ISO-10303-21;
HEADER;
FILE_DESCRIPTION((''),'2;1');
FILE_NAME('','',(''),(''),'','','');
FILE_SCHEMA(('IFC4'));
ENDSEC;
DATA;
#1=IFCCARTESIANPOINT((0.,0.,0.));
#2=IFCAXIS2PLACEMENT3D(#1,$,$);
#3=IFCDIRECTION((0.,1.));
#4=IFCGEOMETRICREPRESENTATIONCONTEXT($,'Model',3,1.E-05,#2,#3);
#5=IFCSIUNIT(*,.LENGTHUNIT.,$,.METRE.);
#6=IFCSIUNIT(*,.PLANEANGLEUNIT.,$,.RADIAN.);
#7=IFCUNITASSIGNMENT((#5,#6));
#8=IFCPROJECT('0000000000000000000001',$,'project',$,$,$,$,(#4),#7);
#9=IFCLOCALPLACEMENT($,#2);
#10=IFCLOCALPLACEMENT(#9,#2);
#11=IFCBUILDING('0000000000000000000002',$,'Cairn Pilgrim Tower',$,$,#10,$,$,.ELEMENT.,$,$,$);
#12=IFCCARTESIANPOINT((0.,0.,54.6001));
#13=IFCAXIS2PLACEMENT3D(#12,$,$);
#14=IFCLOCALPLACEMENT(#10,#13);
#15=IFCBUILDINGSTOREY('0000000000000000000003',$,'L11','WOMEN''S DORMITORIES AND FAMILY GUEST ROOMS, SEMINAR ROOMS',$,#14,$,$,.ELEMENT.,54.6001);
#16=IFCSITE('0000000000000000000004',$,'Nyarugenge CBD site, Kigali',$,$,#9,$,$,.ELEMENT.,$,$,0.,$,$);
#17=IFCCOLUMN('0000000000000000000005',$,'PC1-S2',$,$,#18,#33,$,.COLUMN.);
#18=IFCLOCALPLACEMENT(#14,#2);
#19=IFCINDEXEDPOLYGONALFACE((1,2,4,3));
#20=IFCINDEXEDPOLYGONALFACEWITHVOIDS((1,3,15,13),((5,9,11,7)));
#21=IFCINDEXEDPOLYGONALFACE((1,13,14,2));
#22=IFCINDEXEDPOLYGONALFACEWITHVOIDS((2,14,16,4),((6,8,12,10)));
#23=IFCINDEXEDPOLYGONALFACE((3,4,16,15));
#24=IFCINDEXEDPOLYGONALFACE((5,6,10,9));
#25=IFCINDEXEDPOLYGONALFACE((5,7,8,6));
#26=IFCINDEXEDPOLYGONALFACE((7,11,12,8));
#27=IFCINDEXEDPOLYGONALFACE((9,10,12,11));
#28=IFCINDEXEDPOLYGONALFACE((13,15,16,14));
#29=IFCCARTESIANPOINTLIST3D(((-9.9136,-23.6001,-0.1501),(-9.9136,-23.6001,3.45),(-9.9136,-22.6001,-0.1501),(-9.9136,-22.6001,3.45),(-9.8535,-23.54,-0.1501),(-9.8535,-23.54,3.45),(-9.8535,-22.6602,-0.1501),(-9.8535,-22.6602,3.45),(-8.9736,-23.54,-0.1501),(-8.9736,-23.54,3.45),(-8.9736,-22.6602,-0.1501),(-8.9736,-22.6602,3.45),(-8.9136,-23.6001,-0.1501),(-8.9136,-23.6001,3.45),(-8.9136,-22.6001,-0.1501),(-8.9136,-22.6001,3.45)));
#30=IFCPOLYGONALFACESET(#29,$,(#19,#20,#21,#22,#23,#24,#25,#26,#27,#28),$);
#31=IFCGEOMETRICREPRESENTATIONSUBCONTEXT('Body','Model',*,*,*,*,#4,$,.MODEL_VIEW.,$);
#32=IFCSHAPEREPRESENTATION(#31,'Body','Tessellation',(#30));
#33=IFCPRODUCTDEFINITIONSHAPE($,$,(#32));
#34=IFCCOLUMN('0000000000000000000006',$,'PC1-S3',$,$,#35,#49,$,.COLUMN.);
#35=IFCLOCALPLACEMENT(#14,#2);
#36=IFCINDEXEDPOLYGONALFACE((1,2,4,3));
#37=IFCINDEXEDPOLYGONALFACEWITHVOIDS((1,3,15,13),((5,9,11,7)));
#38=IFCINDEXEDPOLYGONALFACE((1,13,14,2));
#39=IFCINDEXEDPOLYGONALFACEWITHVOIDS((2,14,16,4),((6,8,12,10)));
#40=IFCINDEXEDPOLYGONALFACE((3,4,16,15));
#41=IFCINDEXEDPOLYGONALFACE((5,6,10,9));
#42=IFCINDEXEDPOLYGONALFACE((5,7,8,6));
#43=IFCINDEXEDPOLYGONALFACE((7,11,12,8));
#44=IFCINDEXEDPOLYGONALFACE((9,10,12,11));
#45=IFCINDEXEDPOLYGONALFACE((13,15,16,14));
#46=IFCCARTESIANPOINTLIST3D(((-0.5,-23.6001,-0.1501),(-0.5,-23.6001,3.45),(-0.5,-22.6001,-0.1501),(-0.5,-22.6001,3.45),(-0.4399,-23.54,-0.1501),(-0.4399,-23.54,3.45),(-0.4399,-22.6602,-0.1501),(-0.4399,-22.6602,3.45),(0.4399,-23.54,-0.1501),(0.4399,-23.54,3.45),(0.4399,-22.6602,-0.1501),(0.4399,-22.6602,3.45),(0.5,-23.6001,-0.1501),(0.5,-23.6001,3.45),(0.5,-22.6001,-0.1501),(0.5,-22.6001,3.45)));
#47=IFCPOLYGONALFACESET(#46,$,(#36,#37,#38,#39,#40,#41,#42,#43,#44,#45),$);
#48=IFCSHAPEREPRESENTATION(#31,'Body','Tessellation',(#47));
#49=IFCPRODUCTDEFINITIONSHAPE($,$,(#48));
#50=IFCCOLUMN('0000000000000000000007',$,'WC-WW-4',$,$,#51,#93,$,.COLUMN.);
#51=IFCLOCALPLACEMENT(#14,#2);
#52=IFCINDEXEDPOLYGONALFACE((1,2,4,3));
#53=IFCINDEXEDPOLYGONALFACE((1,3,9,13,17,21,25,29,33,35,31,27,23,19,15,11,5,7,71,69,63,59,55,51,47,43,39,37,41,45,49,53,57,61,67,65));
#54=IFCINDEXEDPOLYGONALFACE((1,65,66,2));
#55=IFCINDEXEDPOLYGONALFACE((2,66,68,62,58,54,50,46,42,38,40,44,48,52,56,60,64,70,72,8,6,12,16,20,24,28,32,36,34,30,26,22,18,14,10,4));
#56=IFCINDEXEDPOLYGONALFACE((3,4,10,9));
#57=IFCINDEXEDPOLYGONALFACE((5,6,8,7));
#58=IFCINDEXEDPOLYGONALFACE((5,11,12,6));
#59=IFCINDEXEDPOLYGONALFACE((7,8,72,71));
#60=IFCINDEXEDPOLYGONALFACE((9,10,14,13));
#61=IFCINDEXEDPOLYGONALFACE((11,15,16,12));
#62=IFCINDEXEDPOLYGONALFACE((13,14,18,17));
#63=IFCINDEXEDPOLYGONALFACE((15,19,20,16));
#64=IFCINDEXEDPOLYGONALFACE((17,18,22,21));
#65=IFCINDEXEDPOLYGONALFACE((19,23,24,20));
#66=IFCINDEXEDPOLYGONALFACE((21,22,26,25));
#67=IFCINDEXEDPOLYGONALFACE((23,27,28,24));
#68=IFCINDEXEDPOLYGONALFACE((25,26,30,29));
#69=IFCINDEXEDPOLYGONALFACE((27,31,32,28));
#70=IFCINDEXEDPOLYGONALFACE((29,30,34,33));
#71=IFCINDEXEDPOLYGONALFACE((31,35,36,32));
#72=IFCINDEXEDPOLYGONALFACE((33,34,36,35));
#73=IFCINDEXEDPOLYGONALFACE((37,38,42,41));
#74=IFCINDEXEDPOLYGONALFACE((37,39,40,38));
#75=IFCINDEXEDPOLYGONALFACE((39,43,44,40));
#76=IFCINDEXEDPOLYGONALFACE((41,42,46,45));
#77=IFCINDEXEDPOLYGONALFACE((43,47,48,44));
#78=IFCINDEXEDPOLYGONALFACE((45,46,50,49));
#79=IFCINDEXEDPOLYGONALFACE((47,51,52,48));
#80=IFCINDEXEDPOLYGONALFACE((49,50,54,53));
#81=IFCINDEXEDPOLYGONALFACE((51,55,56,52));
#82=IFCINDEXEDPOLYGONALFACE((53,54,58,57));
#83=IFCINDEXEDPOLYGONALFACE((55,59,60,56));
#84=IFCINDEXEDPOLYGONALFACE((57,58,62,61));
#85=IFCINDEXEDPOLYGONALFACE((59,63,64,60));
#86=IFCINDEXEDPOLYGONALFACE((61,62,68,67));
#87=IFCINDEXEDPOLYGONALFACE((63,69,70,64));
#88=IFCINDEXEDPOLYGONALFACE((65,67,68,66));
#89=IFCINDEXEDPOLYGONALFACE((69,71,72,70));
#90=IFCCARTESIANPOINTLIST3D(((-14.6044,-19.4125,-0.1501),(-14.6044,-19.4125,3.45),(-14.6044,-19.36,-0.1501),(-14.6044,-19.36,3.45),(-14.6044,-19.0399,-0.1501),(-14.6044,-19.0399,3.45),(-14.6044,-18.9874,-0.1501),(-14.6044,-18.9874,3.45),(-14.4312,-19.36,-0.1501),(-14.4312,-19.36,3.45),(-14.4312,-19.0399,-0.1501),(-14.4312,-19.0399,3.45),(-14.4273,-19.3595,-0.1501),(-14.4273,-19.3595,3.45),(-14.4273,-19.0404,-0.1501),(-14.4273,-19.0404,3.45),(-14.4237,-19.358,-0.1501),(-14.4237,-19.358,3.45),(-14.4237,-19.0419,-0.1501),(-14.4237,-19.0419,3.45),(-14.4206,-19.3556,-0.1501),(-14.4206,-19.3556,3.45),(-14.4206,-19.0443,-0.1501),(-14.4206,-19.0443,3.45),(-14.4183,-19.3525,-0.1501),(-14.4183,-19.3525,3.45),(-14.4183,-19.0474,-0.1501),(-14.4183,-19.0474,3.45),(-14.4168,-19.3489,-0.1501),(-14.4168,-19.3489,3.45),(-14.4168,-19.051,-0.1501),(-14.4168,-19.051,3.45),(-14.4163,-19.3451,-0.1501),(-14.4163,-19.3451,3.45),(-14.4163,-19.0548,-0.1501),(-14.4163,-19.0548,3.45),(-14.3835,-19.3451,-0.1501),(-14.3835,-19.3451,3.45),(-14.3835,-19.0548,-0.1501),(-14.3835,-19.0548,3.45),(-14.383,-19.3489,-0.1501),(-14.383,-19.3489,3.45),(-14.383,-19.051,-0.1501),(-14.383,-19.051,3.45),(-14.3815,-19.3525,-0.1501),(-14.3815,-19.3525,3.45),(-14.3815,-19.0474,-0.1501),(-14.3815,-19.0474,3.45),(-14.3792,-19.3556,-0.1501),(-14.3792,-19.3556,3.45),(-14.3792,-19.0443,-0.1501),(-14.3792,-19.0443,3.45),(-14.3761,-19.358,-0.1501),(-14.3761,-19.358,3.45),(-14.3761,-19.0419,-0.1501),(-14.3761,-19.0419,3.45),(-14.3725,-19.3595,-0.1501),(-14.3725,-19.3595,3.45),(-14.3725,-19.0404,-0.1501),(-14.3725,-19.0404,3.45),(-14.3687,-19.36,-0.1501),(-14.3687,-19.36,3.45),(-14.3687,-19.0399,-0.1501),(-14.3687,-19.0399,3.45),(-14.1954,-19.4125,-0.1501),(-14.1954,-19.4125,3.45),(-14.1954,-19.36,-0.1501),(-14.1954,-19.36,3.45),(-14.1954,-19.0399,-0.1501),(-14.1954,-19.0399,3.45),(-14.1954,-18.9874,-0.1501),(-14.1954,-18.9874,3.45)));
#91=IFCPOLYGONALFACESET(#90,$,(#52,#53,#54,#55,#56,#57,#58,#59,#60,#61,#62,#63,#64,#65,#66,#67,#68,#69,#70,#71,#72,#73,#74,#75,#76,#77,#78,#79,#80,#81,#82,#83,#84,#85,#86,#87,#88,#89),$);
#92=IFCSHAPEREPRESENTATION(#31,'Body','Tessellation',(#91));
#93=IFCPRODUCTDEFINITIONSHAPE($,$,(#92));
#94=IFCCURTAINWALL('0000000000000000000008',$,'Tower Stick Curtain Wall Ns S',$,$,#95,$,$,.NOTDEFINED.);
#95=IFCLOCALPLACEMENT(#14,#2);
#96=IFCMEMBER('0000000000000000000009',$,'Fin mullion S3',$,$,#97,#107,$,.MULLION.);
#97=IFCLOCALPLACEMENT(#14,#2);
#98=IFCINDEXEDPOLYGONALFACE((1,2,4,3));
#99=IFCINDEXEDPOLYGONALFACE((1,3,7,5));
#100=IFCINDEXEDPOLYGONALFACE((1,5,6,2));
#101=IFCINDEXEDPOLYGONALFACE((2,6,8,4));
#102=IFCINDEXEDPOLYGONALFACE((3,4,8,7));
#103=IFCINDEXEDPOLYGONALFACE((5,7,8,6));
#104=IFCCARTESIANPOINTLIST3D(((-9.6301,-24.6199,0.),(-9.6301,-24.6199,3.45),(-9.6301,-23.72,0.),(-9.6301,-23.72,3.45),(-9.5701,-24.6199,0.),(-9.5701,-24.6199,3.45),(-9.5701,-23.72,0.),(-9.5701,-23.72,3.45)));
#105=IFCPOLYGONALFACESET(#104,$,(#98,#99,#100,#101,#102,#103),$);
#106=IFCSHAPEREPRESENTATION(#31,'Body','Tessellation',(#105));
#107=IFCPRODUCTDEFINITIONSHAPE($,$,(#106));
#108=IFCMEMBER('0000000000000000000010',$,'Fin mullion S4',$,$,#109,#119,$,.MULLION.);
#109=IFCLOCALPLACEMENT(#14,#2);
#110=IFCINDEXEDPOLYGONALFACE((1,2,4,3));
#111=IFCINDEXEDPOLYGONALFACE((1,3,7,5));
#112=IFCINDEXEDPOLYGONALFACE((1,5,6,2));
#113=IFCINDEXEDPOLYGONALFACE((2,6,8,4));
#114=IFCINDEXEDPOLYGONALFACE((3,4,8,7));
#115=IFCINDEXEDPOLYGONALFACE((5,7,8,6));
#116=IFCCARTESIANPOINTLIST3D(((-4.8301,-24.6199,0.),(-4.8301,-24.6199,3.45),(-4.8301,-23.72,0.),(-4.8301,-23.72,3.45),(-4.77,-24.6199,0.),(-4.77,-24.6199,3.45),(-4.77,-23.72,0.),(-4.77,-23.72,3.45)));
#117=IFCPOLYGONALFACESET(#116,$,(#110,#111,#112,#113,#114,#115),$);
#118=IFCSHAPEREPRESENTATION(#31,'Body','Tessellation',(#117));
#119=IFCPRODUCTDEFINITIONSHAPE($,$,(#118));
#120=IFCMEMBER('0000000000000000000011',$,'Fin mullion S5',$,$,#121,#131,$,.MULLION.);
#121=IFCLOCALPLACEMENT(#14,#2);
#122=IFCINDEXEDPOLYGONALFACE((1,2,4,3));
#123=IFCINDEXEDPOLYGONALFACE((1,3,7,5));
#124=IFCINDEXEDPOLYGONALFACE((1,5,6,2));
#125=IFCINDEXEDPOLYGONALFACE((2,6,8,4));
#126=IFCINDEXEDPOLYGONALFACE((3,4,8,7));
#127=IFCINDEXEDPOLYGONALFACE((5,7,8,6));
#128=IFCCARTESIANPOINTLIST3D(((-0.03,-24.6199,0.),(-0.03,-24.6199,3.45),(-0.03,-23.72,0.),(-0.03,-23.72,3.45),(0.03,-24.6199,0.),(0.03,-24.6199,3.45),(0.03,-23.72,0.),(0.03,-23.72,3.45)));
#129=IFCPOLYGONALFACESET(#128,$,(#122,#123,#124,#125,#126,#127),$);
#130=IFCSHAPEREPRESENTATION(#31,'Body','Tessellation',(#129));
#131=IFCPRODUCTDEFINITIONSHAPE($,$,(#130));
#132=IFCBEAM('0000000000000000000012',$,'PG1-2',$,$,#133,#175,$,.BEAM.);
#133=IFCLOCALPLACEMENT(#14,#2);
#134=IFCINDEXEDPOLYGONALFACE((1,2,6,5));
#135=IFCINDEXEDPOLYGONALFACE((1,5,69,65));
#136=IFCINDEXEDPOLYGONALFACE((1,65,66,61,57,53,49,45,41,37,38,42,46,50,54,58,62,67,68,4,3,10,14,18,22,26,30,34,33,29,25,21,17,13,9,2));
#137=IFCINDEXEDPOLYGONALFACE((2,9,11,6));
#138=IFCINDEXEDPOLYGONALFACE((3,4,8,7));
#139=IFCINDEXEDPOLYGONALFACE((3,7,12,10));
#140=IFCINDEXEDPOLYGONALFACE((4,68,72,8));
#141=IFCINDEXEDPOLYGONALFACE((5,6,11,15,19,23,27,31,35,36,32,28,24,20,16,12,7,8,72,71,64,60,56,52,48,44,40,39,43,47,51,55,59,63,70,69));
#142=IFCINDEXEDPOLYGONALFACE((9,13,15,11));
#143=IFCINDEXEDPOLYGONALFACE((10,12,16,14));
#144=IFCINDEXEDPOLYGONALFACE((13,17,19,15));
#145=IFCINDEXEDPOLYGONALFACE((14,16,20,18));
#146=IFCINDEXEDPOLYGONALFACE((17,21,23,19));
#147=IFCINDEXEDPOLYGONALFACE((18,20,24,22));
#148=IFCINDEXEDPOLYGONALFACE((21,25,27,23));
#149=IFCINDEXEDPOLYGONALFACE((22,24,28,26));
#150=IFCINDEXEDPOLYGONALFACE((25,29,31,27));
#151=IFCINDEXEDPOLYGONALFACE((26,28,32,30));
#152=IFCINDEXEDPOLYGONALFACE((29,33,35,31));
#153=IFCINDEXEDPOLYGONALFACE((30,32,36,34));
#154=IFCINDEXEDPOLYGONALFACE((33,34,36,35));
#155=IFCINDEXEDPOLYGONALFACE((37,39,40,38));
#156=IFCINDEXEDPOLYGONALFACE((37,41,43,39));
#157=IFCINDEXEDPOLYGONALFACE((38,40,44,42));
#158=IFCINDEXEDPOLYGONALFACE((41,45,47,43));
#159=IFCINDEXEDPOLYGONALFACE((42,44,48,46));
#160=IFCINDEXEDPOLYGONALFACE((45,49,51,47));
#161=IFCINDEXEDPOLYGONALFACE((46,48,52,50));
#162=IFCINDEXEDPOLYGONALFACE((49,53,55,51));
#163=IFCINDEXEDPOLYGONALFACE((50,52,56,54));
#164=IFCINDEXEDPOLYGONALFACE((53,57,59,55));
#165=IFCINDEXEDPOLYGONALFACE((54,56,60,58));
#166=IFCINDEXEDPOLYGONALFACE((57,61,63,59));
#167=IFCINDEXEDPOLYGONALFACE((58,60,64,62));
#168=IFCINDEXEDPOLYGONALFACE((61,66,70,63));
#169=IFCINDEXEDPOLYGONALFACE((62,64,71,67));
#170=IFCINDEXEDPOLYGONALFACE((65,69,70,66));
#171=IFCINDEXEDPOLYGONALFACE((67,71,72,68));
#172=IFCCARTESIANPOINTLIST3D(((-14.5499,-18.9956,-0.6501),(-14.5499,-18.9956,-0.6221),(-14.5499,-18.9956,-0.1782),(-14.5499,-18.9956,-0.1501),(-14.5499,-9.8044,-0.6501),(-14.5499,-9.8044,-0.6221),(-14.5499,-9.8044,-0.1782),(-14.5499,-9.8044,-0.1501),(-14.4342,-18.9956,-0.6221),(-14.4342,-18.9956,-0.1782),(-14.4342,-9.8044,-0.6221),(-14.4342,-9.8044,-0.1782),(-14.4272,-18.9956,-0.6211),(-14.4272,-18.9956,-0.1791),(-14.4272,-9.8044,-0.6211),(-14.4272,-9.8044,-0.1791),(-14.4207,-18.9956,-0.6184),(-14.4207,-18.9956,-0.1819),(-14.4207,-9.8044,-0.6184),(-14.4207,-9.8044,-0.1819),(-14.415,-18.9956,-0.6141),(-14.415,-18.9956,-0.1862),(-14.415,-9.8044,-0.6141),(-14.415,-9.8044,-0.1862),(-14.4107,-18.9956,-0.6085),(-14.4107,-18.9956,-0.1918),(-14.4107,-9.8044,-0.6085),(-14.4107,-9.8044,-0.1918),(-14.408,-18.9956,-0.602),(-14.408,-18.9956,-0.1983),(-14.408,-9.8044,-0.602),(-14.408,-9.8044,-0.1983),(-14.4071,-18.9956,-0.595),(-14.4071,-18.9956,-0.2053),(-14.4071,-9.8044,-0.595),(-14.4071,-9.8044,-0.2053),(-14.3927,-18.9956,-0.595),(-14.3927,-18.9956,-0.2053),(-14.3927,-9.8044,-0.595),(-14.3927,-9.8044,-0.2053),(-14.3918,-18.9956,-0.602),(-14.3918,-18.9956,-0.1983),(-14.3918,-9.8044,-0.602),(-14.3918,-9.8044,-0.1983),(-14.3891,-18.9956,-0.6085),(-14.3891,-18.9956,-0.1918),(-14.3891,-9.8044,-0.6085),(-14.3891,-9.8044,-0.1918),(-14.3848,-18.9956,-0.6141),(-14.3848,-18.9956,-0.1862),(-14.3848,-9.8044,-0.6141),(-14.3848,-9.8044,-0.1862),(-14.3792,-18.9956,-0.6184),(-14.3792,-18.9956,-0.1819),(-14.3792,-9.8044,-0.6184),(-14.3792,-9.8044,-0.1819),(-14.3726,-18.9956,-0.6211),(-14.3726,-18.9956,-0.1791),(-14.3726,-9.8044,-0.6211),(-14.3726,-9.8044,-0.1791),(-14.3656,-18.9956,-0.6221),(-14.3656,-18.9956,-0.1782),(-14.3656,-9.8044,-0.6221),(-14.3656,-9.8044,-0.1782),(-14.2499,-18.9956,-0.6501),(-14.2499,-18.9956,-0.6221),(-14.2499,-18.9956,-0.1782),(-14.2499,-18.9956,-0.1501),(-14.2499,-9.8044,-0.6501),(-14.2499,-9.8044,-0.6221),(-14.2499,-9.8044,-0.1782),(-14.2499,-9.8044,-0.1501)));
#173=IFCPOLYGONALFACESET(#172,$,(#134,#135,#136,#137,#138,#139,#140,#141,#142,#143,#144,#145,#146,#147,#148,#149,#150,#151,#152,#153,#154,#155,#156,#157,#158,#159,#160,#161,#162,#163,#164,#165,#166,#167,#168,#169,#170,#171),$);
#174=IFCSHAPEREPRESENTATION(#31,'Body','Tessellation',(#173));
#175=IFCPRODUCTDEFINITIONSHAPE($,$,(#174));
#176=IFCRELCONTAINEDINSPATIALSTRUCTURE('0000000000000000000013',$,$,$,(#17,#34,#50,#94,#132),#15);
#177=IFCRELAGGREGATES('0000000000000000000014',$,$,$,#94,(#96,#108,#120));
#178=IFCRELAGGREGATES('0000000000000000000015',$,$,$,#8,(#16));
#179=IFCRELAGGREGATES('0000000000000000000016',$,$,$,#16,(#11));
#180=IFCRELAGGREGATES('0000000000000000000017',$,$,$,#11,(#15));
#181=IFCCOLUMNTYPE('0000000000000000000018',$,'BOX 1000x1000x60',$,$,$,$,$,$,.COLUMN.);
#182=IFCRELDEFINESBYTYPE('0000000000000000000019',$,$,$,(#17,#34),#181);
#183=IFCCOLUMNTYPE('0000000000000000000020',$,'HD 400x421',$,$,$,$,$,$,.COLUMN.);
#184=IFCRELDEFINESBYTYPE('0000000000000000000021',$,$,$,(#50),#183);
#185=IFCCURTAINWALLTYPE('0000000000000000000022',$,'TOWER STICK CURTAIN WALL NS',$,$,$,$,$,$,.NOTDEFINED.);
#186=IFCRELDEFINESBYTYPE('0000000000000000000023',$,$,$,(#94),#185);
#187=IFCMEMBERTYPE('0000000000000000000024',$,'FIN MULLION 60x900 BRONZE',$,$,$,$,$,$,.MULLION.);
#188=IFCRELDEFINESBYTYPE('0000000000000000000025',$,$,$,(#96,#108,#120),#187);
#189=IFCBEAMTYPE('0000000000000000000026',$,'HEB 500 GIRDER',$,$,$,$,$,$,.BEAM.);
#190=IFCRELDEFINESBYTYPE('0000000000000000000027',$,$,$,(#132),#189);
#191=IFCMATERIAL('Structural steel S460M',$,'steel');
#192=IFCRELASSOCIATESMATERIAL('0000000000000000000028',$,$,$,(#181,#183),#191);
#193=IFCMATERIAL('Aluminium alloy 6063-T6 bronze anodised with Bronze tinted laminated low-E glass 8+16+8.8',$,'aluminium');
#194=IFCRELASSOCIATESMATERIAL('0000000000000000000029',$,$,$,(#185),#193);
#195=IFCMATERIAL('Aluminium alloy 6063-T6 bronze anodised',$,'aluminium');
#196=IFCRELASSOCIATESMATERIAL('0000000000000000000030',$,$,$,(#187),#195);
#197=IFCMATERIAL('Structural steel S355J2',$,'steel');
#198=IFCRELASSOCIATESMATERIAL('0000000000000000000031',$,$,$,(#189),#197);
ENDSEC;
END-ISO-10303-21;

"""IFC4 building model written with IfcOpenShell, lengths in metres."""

from ifc_helpers import new_model, si_unit, direction, frame, origin, origin_2d, place, context, subcontext, project, spatial, rectangle, hollow_rectangle, i_section, extrude, material, material_profile, profile_set, type_object, element, aggregate, save


model = new_model("IFC4")

# Units and contexts
model_context = context("Model", 3, precision=1e-05, world=origin(), true_north=direction((0.0, 1.0)))
body_context = subcontext(model_context, "Body", "Model", "MODEL_VIEW")
ifc_project = project(units=[si_unit("LENGTHUNIT", "METRE"), si_unit("PLANEANGLEUNIT", "RADIAN")], contexts=[model_context])

# Site, building, storey
site_placement = place(None, origin())
site = spatial("IfcSite", under=ifc_project, at=site_placement, Name="Nyarugenge CBD site, Kigali", CompositionType="ELEMENT", RefElevation=0.0)
building_placement = place(site_placement, origin())
building = spatial("IfcBuilding", under=site, at=building_placement, Name="Cairn Pilgrim Tower", CompositionType="ELEMENT")
storey_placement = place(building_placement, frame((0.0, 0.0, 54.6001)))
storey = spatial("IfcBuildingStorey", under=building, at=storey_placement, Name="L11", Description="WOMEN'S DORMITORIES AND FAMILY GUEST ROOMS, SEMINAR ROOMS", CompositionType="ELEMENT", Elevation=54.6001)

# Columns
ifc_material_1 = material(Name="Structural steel S460M", Category="steel")
ifc_material_profile_1 = material_profile(ifc_material_1, hollow_rectangle(XDim=1.0, YDim=1.0, WallThickness=0.0601, at=origin_2d()), Name="BOX 1000x1000x60")
ifc_profile_set_1 = profile_set([ifc_material_profile_1], Name="Structural steel S460M")
column_type_1 = type_object("IfcColumnType", Name="BOX 1000x1000x60", PredefinedType="COLUMN", material=ifc_profile_set_1)
for number, where, z_axis, x_axis, name in (
    (1, (-9.4136, -23.1001, -0.1501), (0.0, 0.0, 1.0), (1.0, 0.0, 0.0), "PC1-S2"),
    (2, (0.0, -23.1001, -0.1501), (0.0, 0.0, 1.0), (1.0, 0.0, 0.0), "PC1-S3"),
):
    element("IfcColumn", number, at=place(storey_placement, frame(where, z_axis=z_axis, x_axis=x_axis)), inside=storey, type_object=column_type_1, Name=name, PredefinedType="COLUMN", context=body_context, shape_type="SweptSolid", body=[
        extrude(hollow_rectangle(XDim=1.0, YDim=1.0, WallThickness=0.0601, at=origin_2d()), origin(), (0.0, 0.0, 1.0), 3.6001),
    ])
ifc_material_profile_2 = material_profile(ifc_material_1, i_section(OverallWidth=0.4089, OverallDepth=0.425, WebThickness=0.0327, FlangeThickness=0.0525, FilletRadius=0.0149, at=origin_2d()), Name="HD 400x421")
ifc_profile_set_2 = profile_set([ifc_material_profile_2], Name="Structural steel S460M")
column_type_2 = type_object("IfcColumnType", Name="HD 400x421", PredefinedType="COLUMN", material=ifc_profile_set_2)
column_placement = place(storey_placement, frame((-14.3999, -19.2, -0.1501), z_axis=(0.0, 0.0, 1.0), x_axis=(1.0, 0.0, 0.0)))
element("IfcColumn", 3, at=column_placement, inside=storey, type_object=column_type_2, Name="WC-WW-4", PredefinedType="COLUMN", context=body_context, shape_type="SweptSolid", body=[
    extrude(i_section(OverallWidth=0.4089, OverallDepth=0.425, WebThickness=0.0327, FlangeThickness=0.0525, FilletRadius=0.0149, at=origin_2d()), origin(), (0.0, 0.0, 1.0), 3.6001),
])

# Curtain wall, members
ifc_material_2 = material(Name="Aluminium alloy 6063-T6 bronze anodised with Bronze tinted laminated low-E glass 8+16+8.8", Category="aluminium")
curtain_wall_type = type_object("IfcCurtainWallType", Name="TOWER STICK CURTAIN WALL NS", PredefinedType="NOTDEFINED", material=ifc_material_2)
curtain_wall_placement = place(storey_placement, origin())
curtain_wall = element("IfcCurtainWall", 4, at=curtain_wall_placement, inside=storey, type_object=curtain_wall_type, Name="Tower Stick Curtain Wall Ns S", PredefinedType="NOTDEFINED")
ifc_material_3 = material(Name="Aluminium alloy 6063-T6 bronze anodised", Category="aluminium")
ifc_material_profile_3 = material_profile(ifc_material_3, rectangle(XDim=0.8999, YDim=0.0601, at=origin_2d()), Name="FIN MULLION 60x900 BRONZE")
ifc_profile_set_3 = profile_set([ifc_material_profile_3], Name="Aluminium alloy 6063-T6 bronze anodised")
member_type_1 = type_object("IfcMemberType", Name="FIN MULLION 60x900 BRONZE", PredefinedType="MULLION", material=ifc_profile_set_3)
member_1_placement = place(storey_placement, frame((-9.6001, -24.1699, 0.0), z_axis=(0.0, 0.0, 1.0), x_axis=(0.0, -1.0, 0.0)))
member_1 = element("IfcMember", 5, at=member_1_placement, type_object=member_type_1, Name="Fin mullion S3", PredefinedType="MULLION", context=body_context, shape_type="SweptSolid", body=[
    extrude(rectangle(XDim=0.8999, YDim=0.0601, at=origin_2d()), origin(), (0.0, 0.0, 1.0), 3.45),
])
member_2_placement = place(storey_placement, frame((-4.8, -24.1699, 0.0), z_axis=(0.0, 0.0, 1.0), x_axis=(0.0, -1.0, 0.0)))
member_2 = element("IfcMember", 6, at=member_2_placement, type_object=member_type_1, Name="Fin mullion S4", PredefinedType="MULLION", context=body_context, shape_type="SweptSolid", body=[
    extrude(rectangle(XDim=0.8999, YDim=0.0601, at=origin_2d()), origin(), (0.0, 0.0, 1.0), 3.45),
])
member_3_placement = place(storey_placement, frame((0.0, -24.1699, 0.0), z_axis=(0.0, 0.0, 1.0), x_axis=(0.0, -1.0, 0.0)))
member_3 = element("IfcMember", 7, at=member_3_placement, type_object=member_type_1, Name="Fin mullion S5", PredefinedType="MULLION", context=body_context, shape_type="SweptSolid", body=[
    extrude(rectangle(XDim=0.8999, YDim=0.0601, at=origin_2d()), origin(), (0.0, 0.0, 1.0), 3.45),
])

# Beam
ifc_material_4 = material(Name="Structural steel S355J2", Category="steel")
ifc_material_profile_4 = material_profile(ifc_material_4, i_section(OverallWidth=0.3, OverallDepth=0.5, WebThickness=0.0144, FlangeThickness=0.0281, FilletRadius=0.0271, at=origin_2d()), Name="HEB 500")
ifc_profile_set_4 = profile_set([ifc_material_profile_4], Name="Structural steel S355J2")
beam_type_1 = type_object("IfcBeamType", Name="HEB 500 GIRDER", PredefinedType="BEAM", material=ifc_profile_set_4)
beam_1_placement = place(storey_placement, frame((-14.3999, -18.9956, -0.4001), z_axis=(0.0, 1.0, 0.0), x_axis=(-1.0, 0.0, 0.0)))
element("IfcBeam", 8, at=beam_1_placement, inside=storey, type_object=beam_type_1, Name="PG1-2", PredefinedType="BEAM", context=body_context, shape_type="SweptSolid", body=[
    extrude(i_section(OverallWidth=0.3, OverallDepth=0.5, WebThickness=0.0144, FlangeThickness=0.0281, FilletRadius=0.0271, at=origin_2d()), origin(), (0.0, 0.0, 1.0), 9.1912),
])

aggregate(curtain_wall, [member_1, member_2, member_3])

save(model, "model.ifc")
